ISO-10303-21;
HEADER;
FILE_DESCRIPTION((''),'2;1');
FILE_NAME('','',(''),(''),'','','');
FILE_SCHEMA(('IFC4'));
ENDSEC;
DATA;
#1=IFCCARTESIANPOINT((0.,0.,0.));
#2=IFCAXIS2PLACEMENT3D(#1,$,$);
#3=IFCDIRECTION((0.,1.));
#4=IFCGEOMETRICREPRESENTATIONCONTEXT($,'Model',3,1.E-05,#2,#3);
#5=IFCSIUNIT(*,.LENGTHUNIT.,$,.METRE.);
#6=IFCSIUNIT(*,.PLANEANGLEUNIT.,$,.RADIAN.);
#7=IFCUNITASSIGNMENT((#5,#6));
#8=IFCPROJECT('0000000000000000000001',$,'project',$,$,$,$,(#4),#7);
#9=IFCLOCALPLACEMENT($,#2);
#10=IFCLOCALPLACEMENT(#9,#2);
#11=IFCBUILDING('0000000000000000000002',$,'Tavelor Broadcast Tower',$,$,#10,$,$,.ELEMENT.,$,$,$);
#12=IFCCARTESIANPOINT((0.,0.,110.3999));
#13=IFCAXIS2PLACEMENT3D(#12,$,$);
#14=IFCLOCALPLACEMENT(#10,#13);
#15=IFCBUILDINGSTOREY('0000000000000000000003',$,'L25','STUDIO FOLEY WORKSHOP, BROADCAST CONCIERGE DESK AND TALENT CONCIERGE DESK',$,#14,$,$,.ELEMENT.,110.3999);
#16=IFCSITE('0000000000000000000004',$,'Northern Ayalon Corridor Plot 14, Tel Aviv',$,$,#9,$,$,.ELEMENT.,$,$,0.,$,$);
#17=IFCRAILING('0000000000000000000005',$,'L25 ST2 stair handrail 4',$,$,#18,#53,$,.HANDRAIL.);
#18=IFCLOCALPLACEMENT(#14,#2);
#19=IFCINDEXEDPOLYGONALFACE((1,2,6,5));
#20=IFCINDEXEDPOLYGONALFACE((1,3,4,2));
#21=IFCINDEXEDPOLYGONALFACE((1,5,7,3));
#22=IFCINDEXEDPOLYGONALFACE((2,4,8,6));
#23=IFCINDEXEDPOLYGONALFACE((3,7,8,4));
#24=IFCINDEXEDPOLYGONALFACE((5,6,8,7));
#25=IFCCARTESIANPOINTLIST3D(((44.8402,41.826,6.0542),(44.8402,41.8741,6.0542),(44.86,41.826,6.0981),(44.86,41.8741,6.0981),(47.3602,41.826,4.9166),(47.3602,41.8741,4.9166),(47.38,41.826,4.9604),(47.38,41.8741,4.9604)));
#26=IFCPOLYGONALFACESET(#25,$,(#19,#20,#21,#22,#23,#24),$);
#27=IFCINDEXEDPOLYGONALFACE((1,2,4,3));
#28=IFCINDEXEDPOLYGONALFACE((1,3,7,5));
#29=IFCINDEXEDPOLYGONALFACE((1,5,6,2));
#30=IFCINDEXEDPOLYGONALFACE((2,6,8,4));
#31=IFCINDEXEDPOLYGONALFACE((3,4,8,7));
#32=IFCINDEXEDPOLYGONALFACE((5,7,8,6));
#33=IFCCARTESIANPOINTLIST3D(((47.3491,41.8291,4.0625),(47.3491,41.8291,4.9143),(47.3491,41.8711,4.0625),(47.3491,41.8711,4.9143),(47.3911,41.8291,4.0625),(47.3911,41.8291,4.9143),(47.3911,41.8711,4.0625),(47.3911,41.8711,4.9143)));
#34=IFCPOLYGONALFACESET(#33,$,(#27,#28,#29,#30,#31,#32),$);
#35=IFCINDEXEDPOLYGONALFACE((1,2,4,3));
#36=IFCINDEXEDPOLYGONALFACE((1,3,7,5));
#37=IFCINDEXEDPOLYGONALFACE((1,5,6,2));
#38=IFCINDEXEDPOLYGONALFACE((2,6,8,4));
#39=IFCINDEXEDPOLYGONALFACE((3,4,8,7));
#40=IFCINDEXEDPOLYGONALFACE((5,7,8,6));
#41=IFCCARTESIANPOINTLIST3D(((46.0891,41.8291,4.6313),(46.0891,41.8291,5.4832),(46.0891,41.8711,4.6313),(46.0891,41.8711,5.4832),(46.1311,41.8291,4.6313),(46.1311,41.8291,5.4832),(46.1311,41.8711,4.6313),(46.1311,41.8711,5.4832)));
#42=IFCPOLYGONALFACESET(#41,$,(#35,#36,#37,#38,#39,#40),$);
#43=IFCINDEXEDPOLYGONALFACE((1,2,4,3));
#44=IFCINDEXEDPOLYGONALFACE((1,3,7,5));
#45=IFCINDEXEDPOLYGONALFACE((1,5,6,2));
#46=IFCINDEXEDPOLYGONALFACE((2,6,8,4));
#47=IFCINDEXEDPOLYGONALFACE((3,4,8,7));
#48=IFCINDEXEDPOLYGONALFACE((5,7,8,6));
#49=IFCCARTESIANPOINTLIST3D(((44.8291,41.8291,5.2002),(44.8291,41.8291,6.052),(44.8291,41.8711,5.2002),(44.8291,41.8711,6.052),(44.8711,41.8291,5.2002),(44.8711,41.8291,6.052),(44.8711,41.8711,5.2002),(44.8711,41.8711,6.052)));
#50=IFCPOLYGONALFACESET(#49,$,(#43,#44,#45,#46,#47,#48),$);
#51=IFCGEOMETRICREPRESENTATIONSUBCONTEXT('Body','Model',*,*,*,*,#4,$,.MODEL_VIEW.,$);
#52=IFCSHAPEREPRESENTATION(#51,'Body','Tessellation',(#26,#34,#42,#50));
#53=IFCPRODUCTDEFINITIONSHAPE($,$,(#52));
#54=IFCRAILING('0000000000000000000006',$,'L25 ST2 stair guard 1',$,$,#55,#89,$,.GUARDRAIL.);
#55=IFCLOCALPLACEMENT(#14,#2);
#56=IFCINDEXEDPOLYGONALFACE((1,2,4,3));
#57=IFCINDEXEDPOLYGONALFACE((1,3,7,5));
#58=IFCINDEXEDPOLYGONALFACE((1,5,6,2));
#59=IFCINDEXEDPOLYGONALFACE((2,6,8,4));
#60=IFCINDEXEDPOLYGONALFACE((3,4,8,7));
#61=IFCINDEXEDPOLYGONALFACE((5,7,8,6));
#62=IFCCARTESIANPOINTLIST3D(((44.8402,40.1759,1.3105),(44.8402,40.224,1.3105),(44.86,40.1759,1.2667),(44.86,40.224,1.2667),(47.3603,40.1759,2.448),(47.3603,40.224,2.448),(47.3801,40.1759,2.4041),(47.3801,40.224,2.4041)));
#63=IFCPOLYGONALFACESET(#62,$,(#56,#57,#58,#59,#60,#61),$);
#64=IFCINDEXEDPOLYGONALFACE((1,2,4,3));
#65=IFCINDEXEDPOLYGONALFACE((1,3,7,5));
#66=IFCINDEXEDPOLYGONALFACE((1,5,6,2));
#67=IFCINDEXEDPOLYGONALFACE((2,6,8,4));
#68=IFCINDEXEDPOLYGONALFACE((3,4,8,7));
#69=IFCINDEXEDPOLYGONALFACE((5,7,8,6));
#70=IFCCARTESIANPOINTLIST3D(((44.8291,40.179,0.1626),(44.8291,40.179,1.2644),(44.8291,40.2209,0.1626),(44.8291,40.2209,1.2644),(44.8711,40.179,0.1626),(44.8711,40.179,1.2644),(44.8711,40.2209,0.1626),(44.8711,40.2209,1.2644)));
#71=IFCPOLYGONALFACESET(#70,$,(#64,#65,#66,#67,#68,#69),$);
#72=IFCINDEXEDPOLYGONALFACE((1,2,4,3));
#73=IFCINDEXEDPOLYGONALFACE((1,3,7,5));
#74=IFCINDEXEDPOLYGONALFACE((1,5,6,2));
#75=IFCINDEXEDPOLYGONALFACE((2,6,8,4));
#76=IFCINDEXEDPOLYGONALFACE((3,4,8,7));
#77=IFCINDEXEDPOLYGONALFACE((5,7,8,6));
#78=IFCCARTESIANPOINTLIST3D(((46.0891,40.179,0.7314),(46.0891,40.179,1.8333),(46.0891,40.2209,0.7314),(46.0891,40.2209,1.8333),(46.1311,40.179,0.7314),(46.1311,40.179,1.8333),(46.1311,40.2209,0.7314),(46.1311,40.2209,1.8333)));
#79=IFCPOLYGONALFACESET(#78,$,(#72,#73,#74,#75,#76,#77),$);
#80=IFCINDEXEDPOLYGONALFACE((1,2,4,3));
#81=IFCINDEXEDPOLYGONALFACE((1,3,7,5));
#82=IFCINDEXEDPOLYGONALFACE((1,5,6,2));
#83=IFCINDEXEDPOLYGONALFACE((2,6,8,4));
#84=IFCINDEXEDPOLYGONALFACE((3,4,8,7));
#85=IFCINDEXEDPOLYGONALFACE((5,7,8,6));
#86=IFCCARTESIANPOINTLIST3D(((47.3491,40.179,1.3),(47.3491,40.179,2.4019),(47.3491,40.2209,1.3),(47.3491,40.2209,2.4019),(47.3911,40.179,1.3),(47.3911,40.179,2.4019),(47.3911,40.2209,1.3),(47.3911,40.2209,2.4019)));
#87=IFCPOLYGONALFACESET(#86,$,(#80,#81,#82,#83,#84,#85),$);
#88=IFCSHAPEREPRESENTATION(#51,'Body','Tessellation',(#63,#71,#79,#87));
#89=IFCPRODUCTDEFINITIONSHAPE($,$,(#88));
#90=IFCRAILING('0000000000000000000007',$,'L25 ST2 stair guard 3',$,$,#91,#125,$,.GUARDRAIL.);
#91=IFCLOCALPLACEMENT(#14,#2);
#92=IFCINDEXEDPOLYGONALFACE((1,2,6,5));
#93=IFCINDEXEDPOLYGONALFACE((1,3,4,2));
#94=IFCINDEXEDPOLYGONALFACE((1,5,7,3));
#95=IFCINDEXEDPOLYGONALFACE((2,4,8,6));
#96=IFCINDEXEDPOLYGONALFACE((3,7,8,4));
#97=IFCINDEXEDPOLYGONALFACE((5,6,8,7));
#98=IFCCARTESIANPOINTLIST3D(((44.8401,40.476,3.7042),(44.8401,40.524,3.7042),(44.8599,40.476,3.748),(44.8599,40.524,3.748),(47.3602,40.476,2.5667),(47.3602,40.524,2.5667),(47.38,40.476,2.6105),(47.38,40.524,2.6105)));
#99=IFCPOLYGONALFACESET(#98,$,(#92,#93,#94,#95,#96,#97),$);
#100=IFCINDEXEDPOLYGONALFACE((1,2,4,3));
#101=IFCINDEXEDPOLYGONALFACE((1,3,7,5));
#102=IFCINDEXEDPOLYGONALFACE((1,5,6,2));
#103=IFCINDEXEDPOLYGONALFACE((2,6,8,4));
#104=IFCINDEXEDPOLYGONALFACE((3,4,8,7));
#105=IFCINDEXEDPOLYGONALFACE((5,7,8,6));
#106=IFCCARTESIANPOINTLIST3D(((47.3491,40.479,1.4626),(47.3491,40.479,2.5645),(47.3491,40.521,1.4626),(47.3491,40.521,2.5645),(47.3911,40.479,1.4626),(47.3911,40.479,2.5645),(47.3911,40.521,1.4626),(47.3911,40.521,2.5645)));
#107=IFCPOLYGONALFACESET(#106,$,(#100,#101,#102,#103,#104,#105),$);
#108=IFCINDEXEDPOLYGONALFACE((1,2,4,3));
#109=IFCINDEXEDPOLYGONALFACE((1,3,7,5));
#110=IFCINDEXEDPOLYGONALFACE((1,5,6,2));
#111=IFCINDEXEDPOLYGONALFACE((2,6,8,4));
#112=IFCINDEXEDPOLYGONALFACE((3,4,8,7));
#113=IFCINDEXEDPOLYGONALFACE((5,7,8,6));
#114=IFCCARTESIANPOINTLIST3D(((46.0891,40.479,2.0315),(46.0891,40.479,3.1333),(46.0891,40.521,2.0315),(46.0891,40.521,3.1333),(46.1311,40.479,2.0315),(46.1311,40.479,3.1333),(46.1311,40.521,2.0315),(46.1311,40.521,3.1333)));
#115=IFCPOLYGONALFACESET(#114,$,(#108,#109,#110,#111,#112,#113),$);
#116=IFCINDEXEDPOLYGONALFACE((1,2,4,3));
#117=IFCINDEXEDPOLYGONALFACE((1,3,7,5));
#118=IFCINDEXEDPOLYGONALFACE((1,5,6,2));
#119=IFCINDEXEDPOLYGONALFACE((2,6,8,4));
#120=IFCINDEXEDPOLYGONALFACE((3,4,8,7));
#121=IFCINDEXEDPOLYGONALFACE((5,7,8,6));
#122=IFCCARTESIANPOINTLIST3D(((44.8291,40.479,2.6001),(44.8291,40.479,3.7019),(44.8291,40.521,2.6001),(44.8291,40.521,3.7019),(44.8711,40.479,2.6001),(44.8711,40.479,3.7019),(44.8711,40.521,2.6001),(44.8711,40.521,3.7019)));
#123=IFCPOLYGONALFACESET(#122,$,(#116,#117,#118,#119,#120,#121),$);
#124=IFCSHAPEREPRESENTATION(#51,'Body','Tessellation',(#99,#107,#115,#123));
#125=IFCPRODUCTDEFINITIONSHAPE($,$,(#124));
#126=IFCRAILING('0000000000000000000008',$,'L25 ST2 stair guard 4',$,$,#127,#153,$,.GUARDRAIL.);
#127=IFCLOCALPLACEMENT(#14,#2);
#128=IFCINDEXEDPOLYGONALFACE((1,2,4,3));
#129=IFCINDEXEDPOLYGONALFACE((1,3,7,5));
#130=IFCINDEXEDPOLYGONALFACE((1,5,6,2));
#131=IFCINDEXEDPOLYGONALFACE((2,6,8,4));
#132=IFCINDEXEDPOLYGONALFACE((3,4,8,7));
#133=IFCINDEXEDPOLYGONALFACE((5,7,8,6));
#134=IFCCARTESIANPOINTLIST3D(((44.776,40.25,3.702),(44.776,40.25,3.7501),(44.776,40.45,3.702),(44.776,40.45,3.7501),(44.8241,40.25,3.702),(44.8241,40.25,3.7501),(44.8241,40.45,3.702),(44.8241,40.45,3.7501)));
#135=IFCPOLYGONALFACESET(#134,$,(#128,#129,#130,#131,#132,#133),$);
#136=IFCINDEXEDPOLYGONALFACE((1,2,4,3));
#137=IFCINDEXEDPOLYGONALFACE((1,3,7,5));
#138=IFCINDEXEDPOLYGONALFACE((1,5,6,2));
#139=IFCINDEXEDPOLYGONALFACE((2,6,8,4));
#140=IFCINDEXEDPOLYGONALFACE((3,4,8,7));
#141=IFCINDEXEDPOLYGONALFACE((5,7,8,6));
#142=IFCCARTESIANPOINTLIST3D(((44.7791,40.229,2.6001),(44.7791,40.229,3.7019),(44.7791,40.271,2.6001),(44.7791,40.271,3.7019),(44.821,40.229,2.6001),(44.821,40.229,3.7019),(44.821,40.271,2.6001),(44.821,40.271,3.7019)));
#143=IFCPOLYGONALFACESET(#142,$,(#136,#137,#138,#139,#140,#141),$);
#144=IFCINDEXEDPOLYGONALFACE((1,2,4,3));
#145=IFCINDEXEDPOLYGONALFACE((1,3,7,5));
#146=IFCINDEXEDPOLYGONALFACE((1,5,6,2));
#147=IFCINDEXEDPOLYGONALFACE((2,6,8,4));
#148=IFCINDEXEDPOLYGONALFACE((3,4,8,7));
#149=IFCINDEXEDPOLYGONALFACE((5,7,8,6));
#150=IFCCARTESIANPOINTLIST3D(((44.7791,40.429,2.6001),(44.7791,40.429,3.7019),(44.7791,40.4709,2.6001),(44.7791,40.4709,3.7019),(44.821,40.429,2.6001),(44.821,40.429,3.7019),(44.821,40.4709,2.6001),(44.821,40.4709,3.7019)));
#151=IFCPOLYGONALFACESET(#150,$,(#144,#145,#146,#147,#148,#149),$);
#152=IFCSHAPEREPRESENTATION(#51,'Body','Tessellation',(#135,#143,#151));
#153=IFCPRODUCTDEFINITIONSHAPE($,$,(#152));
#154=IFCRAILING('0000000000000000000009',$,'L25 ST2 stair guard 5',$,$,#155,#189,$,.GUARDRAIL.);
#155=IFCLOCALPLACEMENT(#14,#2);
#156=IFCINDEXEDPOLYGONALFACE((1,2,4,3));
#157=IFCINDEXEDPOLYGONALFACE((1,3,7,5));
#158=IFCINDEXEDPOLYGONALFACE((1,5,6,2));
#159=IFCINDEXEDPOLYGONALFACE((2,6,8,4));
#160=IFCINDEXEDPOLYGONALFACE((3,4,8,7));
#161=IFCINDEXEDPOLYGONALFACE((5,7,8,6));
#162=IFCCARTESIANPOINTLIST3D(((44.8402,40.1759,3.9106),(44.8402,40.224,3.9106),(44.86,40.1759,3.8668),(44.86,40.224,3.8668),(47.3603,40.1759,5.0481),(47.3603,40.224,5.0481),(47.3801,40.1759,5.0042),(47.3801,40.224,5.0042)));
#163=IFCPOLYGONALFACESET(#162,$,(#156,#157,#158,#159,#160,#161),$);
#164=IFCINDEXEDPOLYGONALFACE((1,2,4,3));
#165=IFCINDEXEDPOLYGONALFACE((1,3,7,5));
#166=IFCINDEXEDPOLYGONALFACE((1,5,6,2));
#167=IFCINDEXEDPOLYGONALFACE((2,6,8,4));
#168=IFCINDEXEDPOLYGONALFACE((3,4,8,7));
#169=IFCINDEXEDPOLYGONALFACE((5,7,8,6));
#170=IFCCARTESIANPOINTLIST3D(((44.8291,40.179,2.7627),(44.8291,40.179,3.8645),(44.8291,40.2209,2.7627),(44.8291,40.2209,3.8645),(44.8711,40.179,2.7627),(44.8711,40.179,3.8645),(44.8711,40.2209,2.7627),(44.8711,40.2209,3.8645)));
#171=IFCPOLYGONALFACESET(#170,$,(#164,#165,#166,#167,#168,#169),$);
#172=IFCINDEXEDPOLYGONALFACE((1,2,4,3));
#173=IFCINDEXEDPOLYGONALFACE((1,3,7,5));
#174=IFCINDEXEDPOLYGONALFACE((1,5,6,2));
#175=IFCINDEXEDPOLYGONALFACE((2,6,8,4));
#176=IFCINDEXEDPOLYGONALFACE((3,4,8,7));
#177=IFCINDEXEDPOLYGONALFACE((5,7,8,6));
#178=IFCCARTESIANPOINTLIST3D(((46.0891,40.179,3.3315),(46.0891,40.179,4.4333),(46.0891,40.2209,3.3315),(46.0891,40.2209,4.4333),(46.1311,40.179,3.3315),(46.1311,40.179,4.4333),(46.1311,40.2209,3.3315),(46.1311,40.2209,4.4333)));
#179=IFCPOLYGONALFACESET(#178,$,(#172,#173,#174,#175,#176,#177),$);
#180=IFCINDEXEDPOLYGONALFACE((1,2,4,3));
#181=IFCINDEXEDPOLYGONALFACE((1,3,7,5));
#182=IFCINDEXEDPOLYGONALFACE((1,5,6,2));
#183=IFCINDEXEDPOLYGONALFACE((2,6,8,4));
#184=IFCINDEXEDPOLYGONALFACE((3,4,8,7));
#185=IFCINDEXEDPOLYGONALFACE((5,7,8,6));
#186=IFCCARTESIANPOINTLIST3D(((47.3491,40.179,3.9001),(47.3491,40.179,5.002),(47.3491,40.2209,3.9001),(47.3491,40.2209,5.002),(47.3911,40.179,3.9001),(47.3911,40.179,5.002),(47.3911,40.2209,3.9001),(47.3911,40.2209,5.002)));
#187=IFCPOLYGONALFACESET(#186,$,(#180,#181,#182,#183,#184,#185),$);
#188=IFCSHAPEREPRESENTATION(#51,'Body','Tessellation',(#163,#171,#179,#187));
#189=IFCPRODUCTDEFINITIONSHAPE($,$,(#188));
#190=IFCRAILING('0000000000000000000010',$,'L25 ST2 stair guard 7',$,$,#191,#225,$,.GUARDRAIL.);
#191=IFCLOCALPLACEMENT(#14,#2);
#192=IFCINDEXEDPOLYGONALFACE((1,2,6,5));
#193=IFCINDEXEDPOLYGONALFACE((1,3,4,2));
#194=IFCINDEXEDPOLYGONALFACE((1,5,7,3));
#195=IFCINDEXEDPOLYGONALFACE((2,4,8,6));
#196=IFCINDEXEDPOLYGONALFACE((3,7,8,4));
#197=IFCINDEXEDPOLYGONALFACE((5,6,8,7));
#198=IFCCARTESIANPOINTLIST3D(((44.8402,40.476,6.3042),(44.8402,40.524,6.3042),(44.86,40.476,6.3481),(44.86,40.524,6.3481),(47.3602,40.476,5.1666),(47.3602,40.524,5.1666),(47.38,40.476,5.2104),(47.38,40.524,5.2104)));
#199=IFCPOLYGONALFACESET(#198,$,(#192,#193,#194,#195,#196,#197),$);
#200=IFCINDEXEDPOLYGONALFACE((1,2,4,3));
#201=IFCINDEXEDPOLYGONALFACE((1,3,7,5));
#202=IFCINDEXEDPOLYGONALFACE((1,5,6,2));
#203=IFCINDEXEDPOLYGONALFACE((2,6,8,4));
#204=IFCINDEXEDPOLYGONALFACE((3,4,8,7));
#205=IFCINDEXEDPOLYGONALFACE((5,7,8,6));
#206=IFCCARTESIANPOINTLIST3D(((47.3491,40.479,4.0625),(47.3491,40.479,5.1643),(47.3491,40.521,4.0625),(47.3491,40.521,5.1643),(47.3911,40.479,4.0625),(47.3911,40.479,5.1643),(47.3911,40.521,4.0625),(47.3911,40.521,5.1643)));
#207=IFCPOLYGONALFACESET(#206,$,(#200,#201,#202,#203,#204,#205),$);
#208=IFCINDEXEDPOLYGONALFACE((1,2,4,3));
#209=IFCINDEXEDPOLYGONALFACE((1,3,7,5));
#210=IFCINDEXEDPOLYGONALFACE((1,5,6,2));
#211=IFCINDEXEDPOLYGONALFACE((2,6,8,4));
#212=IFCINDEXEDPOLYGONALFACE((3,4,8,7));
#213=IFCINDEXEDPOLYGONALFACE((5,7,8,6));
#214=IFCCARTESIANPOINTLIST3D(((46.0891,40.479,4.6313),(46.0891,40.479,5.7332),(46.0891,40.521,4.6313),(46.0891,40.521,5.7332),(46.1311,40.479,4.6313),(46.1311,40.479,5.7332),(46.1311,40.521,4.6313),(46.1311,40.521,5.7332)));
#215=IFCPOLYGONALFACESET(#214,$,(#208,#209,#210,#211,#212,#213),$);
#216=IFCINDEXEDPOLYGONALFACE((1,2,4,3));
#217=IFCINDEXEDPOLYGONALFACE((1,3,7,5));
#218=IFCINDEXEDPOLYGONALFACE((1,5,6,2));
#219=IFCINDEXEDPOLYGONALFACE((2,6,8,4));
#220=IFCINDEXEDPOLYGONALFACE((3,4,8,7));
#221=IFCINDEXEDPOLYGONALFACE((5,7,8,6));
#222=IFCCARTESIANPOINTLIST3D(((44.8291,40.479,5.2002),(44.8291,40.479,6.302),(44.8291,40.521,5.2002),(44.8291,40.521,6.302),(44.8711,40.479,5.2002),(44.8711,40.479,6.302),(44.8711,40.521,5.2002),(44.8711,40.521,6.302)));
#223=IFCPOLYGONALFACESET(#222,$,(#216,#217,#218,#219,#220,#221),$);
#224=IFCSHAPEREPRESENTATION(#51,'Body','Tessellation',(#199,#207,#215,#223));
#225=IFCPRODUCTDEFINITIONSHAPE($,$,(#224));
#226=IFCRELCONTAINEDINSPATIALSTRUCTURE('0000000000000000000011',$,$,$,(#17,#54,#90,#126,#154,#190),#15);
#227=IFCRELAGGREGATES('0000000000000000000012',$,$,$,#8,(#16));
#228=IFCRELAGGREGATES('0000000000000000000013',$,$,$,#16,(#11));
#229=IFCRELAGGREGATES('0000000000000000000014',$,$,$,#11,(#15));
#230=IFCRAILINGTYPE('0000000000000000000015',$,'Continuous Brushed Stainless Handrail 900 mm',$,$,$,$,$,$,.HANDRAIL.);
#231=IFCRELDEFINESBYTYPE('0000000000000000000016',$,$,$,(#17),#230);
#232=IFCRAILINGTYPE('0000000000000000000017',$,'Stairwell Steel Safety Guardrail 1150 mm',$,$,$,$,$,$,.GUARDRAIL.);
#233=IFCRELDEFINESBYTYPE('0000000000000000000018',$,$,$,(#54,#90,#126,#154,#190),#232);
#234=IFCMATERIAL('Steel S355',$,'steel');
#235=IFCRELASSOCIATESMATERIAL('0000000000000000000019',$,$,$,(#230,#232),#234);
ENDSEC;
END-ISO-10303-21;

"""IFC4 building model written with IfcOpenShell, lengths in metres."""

from ifc_helpers import new_model, si_unit, direction, frame, origin, origin_2d, place, context, subcontext, project, spatial, rectangle, extrude, material, type_object, element, save


model = new_model("IFC4")

# Units and contexts
model_context = context("Model", 3, precision=1e-05, world=origin(), true_north=direction((0.0, 1.0)))
body_context = subcontext(model_context, "Body", "Model", "MODEL_VIEW")
ifc_project = project(units=[si_unit("LENGTHUNIT", "METRE"), si_unit("PLANEANGLEUNIT", "RADIAN")], contexts=[model_context])

# Site, building, storey
site_placement = place(None, origin())
site = spatial("IfcSite", under=ifc_project, at=site_placement, Name="Northern Ayalon Corridor Plot 14, Tel Aviv", CompositionType="ELEMENT", RefElevation=0.0)
building_placement = place(site_placement, origin())
building = spatial("IfcBuilding", under=site, at=building_placement, Name="Tavelor Broadcast Tower", CompositionType="ELEMENT")
storey_placement = place(building_placement, frame((0.0, 0.0, 110.3999)))
storey = spatial("IfcBuildingStorey", under=building, at=storey_placement, Name="L25", Description="STUDIO FOLEY WORKSHOP, BROADCAST CONCIERGE DESK AND TALENT CONCIERGE DESK", CompositionType="ELEMENT", Elevation=110.3999)

# Railings
ifc_material_1 = material(Name="Steel S355", Category="steel")
railing_type_1 = type_object("IfcRailingType", Name="Continuous Brushed Stainless Handrail 900 mm", PredefinedType="HANDRAIL", material=ifc_material_1)
railing_1_placement = place(storey_placement, frame((47.3701, 41.8501, 4.0625)))
element("IfcRailing", 1, at=railing_1_placement, inside=storey, type_object=railing_type_1, Name="L25 ST2 stair handrail 4", PredefinedType="HANDRAIL", context=body_context, shape_type="SweptSolid", body=[
    extrude(rectangle(XDim=0.0481, YDim=0.0481, at=origin_2d()), frame((0.0, 0.0, 0.876), z_axis=(-0.911422, 0.0, 0.411473), x_axis=(0.0, -1.0, 0.0)), (0.0, 0.0, 1.0), 2.7649),
    extrude(rectangle(XDim=0.042, YDim=0.042, at=origin_2d()), origin(), (0.0, 0.0, 1.0), 0.8518),
    extrude(rectangle(XDim=0.042, YDim=0.042, at=origin_2d()), frame((-1.26, 0.0, 0.5688)), (0.0, 0.0, 1.0), 0.8518),
    extrude(rectangle(XDim=0.042, YDim=0.042, at=origin_2d()), frame((-2.52, 0.0, 1.1377)), (0.0, 0.0, 1.0), 0.8518),
])
railing_type_2 = type_object("IfcRailingType", Name="Stairwell Steel Safety Guardrail 1150 mm", PredefinedType="GUARDRAIL", material=ifc_material_1)
railing_2_placement = place(storey_placement, frame((44.8501, 40.2, 0.1626)))
element("IfcRailing", 2, at=railing_2_placement, inside=storey, type_object=railing_type_2, Name="L25 ST2 stair guard 1", PredefinedType="GUARDRAIL", context=body_context, shape_type="SweptSolid", body=[
    extrude(rectangle(XDim=0.0481, YDim=0.0481, at=origin_2d()), frame((0.0, 0.0, 1.126), z_axis=(0.911455, 0.0, 0.4114), x_axis=(0.0, 1.0, 0.0)), (0.0, 0.0, 1.0), 2.7649),
    extrude(rectangle(XDim=0.042, YDim=0.042, at=origin_2d()), origin(), (0.0, 0.0, 1.0), 1.1018),
    extrude(rectangle(XDim=0.042, YDim=0.042, at=origin_2d()), frame((1.26, 0.0, 0.5688)), (0.0, 0.0, 1.0), 1.1018),
    extrude(rectangle(XDim=0.042, YDim=0.042, at=origin_2d()), frame((2.52, 0.0, 1.1375)), (0.0, 0.0, 1.0), 1.1018),
])
railing_3_placement = place(storey_placement, frame((47.3701, 40.5, 1.4626)))
element("IfcRailing", 3, at=railing_3_placement, inside=storey, type_object=railing_type_2, Name="L25 ST2 stair guard 3", PredefinedType="GUARDRAIL", context=body_context, shape_type="SweptSolid", body=[
    extrude(rectangle(XDim=0.0481, YDim=0.0481, at=origin_2d()), frame((0.0, 0.0, 1.126), z_axis=(-0.911455, 0.0, 0.4114), x_axis=(0.0, -1.0, 0.0)), (0.0, 0.0, 1.0), 2.7649),
    extrude(rectangle(XDim=0.042, YDim=0.042, at=origin_2d()), origin(), (0.0, 0.0, 1.0), 1.1018),
    extrude(rectangle(XDim=0.042, YDim=0.042, at=origin_2d()), frame((-1.26, 0.0, 0.5688)), (0.0, 0.0, 1.0), 1.1018),
    extrude(rectangle(XDim=0.042, YDim=0.042, at=origin_2d()), frame((-2.52, 0.0, 1.1375)), (0.0, 0.0, 1.0), 1.1018),
])
railing_4_placement = place(storey_placement, frame((44.8, 40.25, 2.6001)))
element("IfcRailing", 4, at=railing_4_placement, inside=storey, type_object=railing_type_2, Name="L25 ST2 stair guard 4", PredefinedType="GUARDRAIL", context=body_context, shape_type="SweptSolid", body=[
    extrude(rectangle(XDim=0.0481, YDim=0.0481, at=origin_2d()), frame((0.0, 0.0, 1.126), z_axis=(0.0, 1.0, 0.0), x_axis=(-1.0, 0.0, 0.0)), (0.0, 0.0, 1.0), 0.2),
    extrude(rectangle(XDim=0.042, YDim=0.042, at=origin_2d()), origin(), (0.0, 0.0, 1.0), 1.1018),
    extrude(rectangle(XDim=0.042, YDim=0.042, at=origin_2d()), frame((0.0, 0.2, 0.0)), (0.0, 0.0, 1.0), 1.1018),
])
railing_5_placement = place(storey_placement, frame((44.8501, 40.2, 2.7627)))
element("IfcRailing", 5, at=railing_5_placement, inside=storey, type_object=railing_type_2, Name="L25 ST2 stair guard 5", PredefinedType="GUARDRAIL", context=body_context, shape_type="SweptSolid", body=[
    extrude(rectangle(XDim=0.0481, YDim=0.0481, at=origin_2d()), frame((0.0, 0.0, 1.126), z_axis=(0.911455, 0.0, 0.4114), x_axis=(0.0, 1.0, 0.0)), (0.0, 0.0, 1.0), 2.7649),
    extrude(rectangle(XDim=0.042, YDim=0.042, at=origin_2d()), origin(), (0.0, 0.0, 1.0), 1.1018),
    extrude(rectangle(XDim=0.042, YDim=0.042, at=origin_2d()), frame((1.26, 0.0, 0.5688)), (0.0, 0.0, 1.0), 1.1018),
    extrude(rectangle(XDim=0.042, YDim=0.042, at=origin_2d()), frame((2.52, 0.0, 1.1375)), (0.0, 0.0, 1.0), 1.1018),
])
railing_6_placement = place(storey_placement, frame((47.3701, 40.5, 4.0625)))
element("IfcRailing", 6, at=railing_6_placement, inside=storey, type_object=railing_type_2, Name="L25 ST2 stair guard 7", PredefinedType="GUARDRAIL", context=body_context, shape_type="SweptSolid", body=[
    extrude(rectangle(XDim=0.0481, YDim=0.0481, at=origin_2d()), frame((0.0, 0.0, 1.126), z_axis=(-0.911422, 0.0, 0.411473), x_axis=(0.0, -1.0, 0.0)), (0.0, 0.0, 1.0), 2.7649),
    extrude(rectangle(XDim=0.042, YDim=0.042, at=origin_2d()), origin(), (0.0, 0.0, 1.0), 1.1018),
    extrude(rectangle(XDim=0.042, YDim=0.042, at=origin_2d()), frame((-1.26, 0.0, 0.5688)), (0.0, 0.0, 1.0), 1.1018),
    extrude(rectangle(XDim=0.042, YDim=0.042, at=origin_2d()), frame((-2.52, 0.0, 1.1377)), (0.0, 0.0, 1.0), 1.1018),
])

save(model, "model.ifc")
